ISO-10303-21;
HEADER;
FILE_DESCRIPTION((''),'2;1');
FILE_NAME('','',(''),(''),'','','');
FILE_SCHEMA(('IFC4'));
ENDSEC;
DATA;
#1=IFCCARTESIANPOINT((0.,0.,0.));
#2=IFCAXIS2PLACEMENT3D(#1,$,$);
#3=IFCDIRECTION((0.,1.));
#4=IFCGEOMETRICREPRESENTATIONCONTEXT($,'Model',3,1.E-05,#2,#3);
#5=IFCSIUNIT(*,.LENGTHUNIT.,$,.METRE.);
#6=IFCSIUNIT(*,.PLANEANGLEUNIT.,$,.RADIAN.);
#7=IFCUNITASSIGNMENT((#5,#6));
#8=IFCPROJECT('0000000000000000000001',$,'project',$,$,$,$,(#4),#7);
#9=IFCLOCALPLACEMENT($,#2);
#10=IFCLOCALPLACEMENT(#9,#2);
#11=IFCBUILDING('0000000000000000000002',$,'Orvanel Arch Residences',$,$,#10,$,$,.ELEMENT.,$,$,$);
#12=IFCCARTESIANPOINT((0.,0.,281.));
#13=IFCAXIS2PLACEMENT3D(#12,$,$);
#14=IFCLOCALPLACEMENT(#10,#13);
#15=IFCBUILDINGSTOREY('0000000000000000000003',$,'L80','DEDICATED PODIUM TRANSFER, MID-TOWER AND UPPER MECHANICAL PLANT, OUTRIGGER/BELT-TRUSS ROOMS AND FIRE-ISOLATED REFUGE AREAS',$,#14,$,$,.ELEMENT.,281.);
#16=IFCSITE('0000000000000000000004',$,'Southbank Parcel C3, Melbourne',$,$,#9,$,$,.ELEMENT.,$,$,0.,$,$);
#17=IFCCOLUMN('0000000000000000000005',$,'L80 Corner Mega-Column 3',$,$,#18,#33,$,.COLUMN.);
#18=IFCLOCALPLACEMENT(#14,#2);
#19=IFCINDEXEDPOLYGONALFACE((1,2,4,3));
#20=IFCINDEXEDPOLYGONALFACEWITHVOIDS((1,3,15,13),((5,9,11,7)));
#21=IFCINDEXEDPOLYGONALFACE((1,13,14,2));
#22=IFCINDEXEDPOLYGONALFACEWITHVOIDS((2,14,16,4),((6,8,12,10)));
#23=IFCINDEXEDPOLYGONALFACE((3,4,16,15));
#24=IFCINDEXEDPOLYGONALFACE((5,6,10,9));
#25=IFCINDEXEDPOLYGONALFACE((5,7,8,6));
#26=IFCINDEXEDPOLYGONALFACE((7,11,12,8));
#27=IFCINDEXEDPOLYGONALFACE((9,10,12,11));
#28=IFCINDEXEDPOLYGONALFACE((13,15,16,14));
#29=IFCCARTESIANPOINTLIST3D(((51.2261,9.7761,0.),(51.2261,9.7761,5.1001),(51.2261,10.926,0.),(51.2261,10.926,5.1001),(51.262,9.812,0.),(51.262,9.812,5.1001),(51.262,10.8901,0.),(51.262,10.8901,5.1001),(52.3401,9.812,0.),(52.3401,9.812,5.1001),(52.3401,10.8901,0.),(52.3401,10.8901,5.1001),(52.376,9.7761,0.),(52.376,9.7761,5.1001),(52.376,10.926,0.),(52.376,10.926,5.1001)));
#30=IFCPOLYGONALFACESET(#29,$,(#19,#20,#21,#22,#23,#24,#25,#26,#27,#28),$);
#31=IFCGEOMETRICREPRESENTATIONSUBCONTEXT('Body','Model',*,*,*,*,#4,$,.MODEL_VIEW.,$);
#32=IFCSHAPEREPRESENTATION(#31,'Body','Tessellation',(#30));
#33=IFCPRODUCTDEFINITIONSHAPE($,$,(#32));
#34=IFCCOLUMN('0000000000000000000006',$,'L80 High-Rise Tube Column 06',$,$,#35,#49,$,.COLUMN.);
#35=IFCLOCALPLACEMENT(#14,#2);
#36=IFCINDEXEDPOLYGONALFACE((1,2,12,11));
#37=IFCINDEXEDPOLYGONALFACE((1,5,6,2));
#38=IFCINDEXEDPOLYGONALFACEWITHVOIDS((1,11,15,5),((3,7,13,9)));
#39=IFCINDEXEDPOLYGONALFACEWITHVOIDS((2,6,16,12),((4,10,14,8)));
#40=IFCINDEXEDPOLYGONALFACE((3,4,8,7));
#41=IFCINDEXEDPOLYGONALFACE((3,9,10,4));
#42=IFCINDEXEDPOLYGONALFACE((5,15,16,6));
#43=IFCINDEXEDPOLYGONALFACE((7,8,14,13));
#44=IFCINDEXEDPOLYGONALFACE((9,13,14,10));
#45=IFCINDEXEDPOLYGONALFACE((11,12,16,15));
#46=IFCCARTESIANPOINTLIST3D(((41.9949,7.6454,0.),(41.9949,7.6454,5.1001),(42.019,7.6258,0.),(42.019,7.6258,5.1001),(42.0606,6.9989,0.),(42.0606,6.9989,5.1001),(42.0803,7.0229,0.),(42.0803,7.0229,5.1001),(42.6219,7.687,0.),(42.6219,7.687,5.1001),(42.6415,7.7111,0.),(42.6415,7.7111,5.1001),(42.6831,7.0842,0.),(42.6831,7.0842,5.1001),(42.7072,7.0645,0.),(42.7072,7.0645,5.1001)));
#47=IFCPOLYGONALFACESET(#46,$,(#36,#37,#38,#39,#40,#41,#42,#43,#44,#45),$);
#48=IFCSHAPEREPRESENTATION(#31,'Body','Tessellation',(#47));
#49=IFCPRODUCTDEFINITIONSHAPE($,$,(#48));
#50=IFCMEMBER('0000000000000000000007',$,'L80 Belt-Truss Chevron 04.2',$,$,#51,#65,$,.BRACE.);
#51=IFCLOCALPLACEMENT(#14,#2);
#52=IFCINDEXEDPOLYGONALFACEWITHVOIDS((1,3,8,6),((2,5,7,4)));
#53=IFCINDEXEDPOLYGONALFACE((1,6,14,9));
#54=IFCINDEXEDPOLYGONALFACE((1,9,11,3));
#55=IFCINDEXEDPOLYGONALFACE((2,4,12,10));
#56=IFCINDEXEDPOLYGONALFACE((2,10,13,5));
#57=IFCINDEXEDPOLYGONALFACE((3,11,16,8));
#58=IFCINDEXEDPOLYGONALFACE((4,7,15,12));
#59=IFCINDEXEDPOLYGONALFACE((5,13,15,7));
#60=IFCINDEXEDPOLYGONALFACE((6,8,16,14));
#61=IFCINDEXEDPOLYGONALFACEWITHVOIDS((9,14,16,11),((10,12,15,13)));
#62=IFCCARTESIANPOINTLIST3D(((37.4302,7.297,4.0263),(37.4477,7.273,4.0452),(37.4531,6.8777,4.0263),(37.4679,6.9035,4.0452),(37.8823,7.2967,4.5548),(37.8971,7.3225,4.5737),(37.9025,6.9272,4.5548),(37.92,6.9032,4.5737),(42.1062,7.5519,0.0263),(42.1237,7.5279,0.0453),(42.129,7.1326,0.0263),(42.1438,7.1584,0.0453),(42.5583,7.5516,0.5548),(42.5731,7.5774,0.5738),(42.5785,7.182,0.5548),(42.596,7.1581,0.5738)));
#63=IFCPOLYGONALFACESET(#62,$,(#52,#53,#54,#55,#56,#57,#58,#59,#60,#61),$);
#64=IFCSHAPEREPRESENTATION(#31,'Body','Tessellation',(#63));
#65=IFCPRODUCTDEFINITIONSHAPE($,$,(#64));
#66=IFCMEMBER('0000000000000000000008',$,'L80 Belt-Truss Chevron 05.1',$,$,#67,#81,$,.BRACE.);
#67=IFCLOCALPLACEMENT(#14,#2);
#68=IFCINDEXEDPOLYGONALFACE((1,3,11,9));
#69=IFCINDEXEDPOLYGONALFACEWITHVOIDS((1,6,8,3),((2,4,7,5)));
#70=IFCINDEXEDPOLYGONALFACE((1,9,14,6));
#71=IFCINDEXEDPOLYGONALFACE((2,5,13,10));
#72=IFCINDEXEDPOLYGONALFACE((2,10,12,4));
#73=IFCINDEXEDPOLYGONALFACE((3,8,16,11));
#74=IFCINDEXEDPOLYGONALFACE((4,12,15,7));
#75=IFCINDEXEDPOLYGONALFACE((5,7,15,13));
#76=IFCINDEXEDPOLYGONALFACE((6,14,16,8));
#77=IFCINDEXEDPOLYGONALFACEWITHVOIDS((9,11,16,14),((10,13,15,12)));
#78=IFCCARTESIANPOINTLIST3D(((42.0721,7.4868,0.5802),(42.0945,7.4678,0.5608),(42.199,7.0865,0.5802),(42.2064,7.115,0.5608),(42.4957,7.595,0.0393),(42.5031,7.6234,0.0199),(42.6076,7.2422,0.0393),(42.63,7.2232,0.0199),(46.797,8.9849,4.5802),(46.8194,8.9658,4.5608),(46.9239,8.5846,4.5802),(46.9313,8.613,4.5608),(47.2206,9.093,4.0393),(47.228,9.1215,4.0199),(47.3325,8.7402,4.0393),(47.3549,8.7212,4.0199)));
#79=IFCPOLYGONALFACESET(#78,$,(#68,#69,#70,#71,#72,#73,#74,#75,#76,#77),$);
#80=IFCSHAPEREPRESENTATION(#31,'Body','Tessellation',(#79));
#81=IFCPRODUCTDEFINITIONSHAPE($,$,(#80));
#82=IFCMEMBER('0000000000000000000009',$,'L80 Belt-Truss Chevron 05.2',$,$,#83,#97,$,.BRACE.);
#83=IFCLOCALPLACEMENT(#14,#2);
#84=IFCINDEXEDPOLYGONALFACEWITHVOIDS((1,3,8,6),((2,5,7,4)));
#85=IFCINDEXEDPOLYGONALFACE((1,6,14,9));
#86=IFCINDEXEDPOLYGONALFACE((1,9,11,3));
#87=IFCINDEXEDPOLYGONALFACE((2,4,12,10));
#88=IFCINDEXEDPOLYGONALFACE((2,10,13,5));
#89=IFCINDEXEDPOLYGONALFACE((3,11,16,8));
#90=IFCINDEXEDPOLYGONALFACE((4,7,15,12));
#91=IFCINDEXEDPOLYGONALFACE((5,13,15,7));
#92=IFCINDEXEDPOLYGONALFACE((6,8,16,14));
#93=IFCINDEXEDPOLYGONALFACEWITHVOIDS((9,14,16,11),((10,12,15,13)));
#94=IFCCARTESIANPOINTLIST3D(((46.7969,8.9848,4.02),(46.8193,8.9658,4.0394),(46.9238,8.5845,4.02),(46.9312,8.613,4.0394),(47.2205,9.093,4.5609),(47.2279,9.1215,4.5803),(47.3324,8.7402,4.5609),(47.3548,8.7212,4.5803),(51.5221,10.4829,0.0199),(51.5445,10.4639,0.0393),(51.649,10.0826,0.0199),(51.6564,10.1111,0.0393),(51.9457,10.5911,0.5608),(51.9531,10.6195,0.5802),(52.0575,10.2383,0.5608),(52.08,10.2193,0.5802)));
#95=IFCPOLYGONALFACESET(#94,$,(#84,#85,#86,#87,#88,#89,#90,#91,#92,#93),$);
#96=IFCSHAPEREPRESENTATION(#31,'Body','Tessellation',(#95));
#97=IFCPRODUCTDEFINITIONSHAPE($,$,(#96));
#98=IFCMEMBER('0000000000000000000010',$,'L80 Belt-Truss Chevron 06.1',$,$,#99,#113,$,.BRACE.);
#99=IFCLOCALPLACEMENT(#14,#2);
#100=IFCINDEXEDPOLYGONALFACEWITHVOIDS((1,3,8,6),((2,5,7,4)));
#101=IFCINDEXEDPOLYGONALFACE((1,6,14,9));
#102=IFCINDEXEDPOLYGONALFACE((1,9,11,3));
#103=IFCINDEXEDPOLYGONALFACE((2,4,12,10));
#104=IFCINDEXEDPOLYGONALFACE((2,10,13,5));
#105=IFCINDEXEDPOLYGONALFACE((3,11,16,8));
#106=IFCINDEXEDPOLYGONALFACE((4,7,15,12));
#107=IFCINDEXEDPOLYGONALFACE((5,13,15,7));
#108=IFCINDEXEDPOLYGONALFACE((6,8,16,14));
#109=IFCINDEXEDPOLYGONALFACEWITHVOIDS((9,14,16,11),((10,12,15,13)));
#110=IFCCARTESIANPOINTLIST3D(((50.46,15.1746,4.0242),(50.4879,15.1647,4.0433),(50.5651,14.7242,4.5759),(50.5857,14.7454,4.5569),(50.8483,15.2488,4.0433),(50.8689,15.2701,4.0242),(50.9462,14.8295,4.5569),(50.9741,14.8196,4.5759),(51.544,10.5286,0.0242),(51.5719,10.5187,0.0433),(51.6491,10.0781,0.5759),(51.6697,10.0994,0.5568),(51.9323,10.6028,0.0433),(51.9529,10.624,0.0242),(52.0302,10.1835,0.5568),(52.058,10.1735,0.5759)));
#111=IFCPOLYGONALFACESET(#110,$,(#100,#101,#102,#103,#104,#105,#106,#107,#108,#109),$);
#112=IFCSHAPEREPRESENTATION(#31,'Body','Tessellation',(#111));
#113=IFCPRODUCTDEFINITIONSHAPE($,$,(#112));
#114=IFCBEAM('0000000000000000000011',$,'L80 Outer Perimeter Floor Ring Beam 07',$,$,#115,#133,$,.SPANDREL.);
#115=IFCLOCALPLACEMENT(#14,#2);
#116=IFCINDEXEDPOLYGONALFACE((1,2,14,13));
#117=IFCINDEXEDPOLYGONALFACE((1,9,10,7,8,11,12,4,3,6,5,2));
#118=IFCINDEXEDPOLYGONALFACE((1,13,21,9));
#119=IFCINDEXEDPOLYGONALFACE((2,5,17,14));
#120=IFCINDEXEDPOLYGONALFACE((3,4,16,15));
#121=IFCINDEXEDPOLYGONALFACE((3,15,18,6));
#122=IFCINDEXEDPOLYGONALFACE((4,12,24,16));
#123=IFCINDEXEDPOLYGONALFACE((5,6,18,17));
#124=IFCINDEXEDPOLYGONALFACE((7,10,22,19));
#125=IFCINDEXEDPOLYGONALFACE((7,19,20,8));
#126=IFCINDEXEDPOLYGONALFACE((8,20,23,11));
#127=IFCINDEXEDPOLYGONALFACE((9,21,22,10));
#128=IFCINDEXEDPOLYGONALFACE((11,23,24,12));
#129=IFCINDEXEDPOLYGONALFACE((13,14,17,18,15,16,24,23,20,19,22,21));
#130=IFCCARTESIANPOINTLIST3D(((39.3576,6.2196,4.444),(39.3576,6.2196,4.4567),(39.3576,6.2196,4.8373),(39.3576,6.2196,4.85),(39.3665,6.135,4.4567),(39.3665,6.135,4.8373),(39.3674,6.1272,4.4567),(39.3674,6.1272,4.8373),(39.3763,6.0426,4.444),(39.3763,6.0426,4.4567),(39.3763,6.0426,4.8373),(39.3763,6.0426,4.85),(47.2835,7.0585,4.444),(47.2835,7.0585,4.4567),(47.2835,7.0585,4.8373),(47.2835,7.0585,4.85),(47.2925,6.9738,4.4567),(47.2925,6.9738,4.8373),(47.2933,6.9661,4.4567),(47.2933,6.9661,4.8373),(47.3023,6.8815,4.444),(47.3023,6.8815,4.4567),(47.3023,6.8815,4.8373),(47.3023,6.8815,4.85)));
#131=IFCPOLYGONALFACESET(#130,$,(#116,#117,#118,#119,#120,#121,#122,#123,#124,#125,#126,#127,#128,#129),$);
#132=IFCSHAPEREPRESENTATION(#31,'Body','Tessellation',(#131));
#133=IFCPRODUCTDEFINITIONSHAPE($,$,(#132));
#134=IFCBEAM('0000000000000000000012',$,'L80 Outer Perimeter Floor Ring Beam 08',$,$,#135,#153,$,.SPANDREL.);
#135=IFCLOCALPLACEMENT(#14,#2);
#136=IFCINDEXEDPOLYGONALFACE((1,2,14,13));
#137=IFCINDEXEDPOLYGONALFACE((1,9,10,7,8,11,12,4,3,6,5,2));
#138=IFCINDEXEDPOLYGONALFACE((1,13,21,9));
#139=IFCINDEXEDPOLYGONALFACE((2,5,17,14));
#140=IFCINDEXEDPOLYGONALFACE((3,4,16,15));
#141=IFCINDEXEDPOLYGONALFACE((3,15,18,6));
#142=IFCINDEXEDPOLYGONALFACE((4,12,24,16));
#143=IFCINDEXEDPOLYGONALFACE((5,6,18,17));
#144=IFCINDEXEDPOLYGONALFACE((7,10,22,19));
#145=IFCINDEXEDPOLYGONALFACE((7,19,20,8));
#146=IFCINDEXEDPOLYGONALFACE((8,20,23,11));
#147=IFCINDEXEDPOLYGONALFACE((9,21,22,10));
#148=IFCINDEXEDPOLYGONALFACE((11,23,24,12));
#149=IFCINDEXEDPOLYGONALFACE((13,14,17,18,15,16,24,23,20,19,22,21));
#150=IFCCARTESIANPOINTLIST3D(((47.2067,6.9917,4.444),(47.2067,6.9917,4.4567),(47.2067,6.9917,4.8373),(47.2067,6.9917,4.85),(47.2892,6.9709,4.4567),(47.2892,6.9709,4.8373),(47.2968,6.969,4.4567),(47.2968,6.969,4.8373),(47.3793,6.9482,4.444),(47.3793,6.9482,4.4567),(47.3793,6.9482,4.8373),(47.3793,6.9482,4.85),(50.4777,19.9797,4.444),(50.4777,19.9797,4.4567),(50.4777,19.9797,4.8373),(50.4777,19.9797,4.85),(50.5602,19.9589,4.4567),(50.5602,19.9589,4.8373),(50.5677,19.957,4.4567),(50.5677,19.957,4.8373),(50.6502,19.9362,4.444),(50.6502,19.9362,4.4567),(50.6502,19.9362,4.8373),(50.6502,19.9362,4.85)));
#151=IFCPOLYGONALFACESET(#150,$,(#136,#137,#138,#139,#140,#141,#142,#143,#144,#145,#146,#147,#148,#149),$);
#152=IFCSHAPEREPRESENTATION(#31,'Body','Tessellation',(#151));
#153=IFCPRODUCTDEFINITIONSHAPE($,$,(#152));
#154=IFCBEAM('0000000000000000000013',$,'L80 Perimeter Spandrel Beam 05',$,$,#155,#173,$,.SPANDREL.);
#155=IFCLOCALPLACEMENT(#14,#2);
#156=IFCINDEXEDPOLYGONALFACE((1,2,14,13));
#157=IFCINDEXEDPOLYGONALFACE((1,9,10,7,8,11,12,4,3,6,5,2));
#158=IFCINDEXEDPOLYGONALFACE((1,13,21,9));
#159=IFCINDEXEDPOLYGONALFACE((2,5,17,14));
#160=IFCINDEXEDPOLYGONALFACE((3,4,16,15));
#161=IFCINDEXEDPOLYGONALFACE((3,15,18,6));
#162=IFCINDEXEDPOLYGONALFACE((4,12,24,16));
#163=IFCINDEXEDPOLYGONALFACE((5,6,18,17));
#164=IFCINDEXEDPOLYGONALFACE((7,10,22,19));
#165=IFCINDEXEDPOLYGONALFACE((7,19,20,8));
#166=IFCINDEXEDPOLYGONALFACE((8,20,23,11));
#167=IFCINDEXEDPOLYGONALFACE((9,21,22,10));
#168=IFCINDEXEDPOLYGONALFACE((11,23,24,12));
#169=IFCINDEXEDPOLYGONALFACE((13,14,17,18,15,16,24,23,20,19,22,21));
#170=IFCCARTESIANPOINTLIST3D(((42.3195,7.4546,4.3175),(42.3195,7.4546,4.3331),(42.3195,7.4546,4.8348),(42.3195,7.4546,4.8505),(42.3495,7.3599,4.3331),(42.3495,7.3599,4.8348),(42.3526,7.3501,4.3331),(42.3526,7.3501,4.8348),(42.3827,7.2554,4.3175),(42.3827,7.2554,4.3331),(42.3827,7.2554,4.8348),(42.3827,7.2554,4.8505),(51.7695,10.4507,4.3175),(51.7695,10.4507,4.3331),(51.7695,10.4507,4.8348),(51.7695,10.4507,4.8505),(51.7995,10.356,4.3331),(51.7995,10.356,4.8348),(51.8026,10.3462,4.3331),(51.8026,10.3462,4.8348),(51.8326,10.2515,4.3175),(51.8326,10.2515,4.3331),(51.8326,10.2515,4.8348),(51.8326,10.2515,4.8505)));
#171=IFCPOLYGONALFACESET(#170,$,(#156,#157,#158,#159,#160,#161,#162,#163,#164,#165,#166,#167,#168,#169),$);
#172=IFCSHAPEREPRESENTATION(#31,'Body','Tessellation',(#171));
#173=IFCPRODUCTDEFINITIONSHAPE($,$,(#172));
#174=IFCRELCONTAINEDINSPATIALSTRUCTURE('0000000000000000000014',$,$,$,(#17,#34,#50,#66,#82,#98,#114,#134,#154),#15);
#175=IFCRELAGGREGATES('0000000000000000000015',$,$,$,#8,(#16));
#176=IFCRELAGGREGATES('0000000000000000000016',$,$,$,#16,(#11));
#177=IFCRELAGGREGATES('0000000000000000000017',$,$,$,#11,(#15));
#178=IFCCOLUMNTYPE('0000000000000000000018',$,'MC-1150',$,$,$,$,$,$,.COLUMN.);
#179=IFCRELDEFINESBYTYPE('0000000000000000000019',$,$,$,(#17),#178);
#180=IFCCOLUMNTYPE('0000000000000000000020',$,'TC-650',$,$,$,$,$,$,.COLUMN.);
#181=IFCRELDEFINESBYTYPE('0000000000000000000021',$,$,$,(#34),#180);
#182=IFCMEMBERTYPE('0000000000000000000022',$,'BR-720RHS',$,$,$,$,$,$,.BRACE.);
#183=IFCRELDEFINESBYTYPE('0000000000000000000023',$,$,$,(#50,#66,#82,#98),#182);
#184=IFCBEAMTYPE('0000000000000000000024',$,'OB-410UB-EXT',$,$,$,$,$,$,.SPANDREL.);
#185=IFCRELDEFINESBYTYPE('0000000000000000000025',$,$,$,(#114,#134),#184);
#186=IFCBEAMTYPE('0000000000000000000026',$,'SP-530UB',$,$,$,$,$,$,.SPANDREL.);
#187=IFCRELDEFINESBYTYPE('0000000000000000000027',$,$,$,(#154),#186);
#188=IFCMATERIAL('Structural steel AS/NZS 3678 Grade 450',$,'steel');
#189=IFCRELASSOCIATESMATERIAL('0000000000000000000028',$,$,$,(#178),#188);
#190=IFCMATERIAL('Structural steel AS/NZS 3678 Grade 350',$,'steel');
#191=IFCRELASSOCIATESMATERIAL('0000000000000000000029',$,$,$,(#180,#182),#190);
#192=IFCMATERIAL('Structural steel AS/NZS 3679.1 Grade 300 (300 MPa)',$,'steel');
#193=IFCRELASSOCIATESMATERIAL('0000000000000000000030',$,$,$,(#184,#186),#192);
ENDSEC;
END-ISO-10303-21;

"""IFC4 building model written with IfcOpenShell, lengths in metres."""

from ifc_helpers import new_model, si_unit, direction, frame, origin, origin_2d, place, context, subcontext, project, spatial, hollow_rectangle, i_section, extrude, material, material_profile, profile_set, type_object, element, save


model = new_model("IFC4")

# Units and contexts
model_context = context("Model", 3, precision=1e-05, world=origin(), true_north=direction((0.0, 1.0)))
body_context = subcontext(model_context, "Body", "Model", "MODEL_VIEW")
ifc_project = project(units=[si_unit("LENGTHUNIT", "METRE"), si_unit("PLANEANGLEUNIT", "RADIAN")], contexts=[model_context])

# Site, building, storey
site_placement = place(None, origin())
site = spatial("IfcSite", under=ifc_project, at=site_placement, Name="Southbank Parcel C3, Melbourne", CompositionType="ELEMENT", RefElevation=0.0)
building_placement = place(site_placement, origin())
building = spatial("IfcBuilding", under=site, at=building_placement, Name="Orvanel Arch Residences", CompositionType="ELEMENT")
storey_placement = place(building_placement, frame((0.0, 0.0, 281.0)))
storey = spatial("IfcBuildingStorey", under=building, at=storey_placement, Name="L80", Description="DEDICATED PODIUM TRANSFER, MID-TOWER AND UPPER MECHANICAL PLANT, OUTRIGGER/BELT-TRUSS ROOMS AND FIRE-ISOLATED REFUGE AREAS", CompositionType="ELEMENT", Elevation=281.0)

# Columns
ifc_material_1 = material(Name="Structural steel AS/NZS 3678 Grade 450", Category="steel")
ifc_material_profile_1 = material_profile(ifc_material_1, hollow_rectangle(XDim=1.1499, YDim=1.1499, WallThickness=0.0359, at=origin_2d()), Name="BOX1150x1150x36")
ifc_profile_set_1 = profile_set([ifc_material_profile_1], Name="Structural steel AS/NZS 3678 Grade 450")
column_type_1 = type_object("IfcColumnType", Name="MC-1150", PredefinedType="COLUMN", material=ifc_profile_set_1)
column_1_placement = place(storey_placement, frame((51.801, 10.3511, 0.0), z_axis=(0.0, 0.0, 1.0), x_axis=(1.0, 0.0, 0.0)))
element("IfcColumn", 1, at=column_1_placement, inside=storey, type_object=column_type_1, Name="L80 Corner Mega-Column 3", PredefinedType="COLUMN", context=body_context, shape_type="SweptSolid", body=[
    extrude(hollow_rectangle(XDim=1.1499, YDim=1.1499, WallThickness=0.0359, at=origin_2d()), origin(), (0.0, 0.0, 1.0), 5.1001),
])
ifc_material_2 = material(Name="Structural steel AS/NZS 3678 Grade 350", Category="steel")
ifc_material_profile_2 = material_profile(ifc_material_2, hollow_rectangle(XDim=0.6499, YDim=0.6499, WallThickness=0.022, at=origin_2d()), Name="BOX650x650x22")
ifc_profile_set_2 = profile_set([ifc_material_profile_2], Name="Structural steel AS/NZS 3678 Grade 350")
column_type_2 = type_object("IfcColumnType", Name="TC-650", PredefinedType="COLUMN", material=ifc_profile_set_2)
column_2_placement = place(storey_placement, frame((42.3511, 7.355, 0.0), z_axis=(0.0, 0.0, 1.0), x_axis=(0.994881, 0.101056, 0.0)))
element("IfcColumn", 2, at=column_2_placement, inside=storey, type_object=column_type_2, Name="L80 High-Rise Tube Column 06", PredefinedType="COLUMN", context=body_context, shape_type="SweptSolid", body=[
    extrude(hollow_rectangle(XDim=0.6499, YDim=0.6499, WallThickness=0.022, at=origin_2d()), origin(), (0.0, 0.0, 1.0), 5.1001),
])

# Members
ifc_material_profile_3 = material_profile(ifc_material_2, hollow_rectangle(XDim=0.4199, YDim=0.72, WallThickness=0.0249, at=origin_2d()), Name="RHS720x420x25")
ifc_profile_set_3 = profile_set([ifc_material_profile_3], Name="Structural steel AS/NZS 3678 Grade 350")
member_type_1 = type_object("IfcMemberType", Name="BR-720RHS", PredefinedType="BRACE", material=ifc_profile_set_3)
member_1_placement = place(storey_placement, frame((42.3511, 7.355, 0.3), z_axis=(-0.759249, -0.041385, 0.649483), x_axis=(0.054428, -0.998518, 0.0)))
element("IfcMember", 3, at=member_1_placement, inside=storey, type_object=member_type_1, Name="L80 Belt-Truss Chevron 04.2", PredefinedType="BRACE", context=body_context, shape_type="SweptSolid", body=[
    extrude(hollow_rectangle(XDim=0.4199, YDim=0.72, WallThickness=0.0249, at=origin_2d()), origin(), (0.0, 0.0, 1.0), 6.1587),
])
member_2_placement = place(storey_placement, frame((42.3511, 7.355, 0.3), z_axis=(0.741813, 0.235197, 0.628009), x_axis=(-0.30223, 0.953235, 0.0)))
element("IfcMember", 4, at=member_2_placement, inside=storey, type_object=member_type_1, Name="L80 Belt-Truss Chevron 05.1", PredefinedType="BRACE", context=body_context, shape_type="SweptSolid", body=[
    extrude(hollow_rectangle(XDim=0.4199, YDim=0.72, WallThickness=0.0249, at=origin_2d()), origin(), (0.0, 0.0, 1.0), 6.3694),
])
member_3_placement = place(storey_placement, frame((51.801, 10.3511, 0.3), z_axis=(-0.74183, -0.23519, 0.627992), x_axis=(0.302215, -0.95324, 0.0)))
element("IfcMember", 5, at=member_3_placement, inside=storey, type_object=member_type_1, Name="L80 Belt-Truss Chevron 05.2", PredefinedType="BRACE", context=body_context, shape_type="SweptSolid", body=[
    extrude(hollow_rectangle(XDim=0.4199, YDim=0.72, WallThickness=0.0249, at=origin_2d()), origin(), (0.0, 0.0, 1.0), 6.3696),
])
member_4_placement = place(storey_placement, frame((51.801, 10.3511, 0.3), z_axis=(-0.174112, 0.746252, 0.64249), x_axis=(-0.973845, -0.227213, 0.0)))
element("IfcMember", 6, at=member_4_placement, inside=storey, type_object=member_type_1, Name="L80 Belt-Truss Chevron 06.1", PredefinedType="BRACE", context=body_context, shape_type="SweptSolid", body=[
    extrude(hollow_rectangle(XDim=0.4199, YDim=0.72, WallThickness=0.0249, at=origin_2d()), origin(), (0.0, 0.0, 1.0), 6.2258),
])

# Beams
ifc_material_3 = material(Name="Structural steel AS/NZS 3679.1 Grade 300 (300 MPa)", Category="steel")
ifc_material_profile_4 = material_profile(ifc_material_3, i_section(OverallWidth=0.178, OverallDepth=0.406, WebThickness=0.0078, FlangeThickness=0.0127, at=origin_2d()), Name="410UB59.7")
ifc_profile_set_4 = profile_set([ifc_material_profile_4], Name="Structural steel AS/NZS 3679.1 Grade 300 (300 MPa)")
beam_type_1 = type_object("IfcBeamType", Name="OB-410UB-EXT", PredefinedType="SPANDREL", material=ifc_profile_set_4)
beam_1_placement = place(storey_placement, frame((39.3669, 6.1311, 4.647), z_axis=(0.994446, 0.105249, 0.0), x_axis=(-0.105249, 0.994446, 0.0)))
element("IfcBeam", 7, at=beam_1_placement, inside=storey, type_object=beam_type_1, Name="L80 Outer Perimeter Floor Ring Beam 07", PredefinedType="SPANDREL", context=body_context, shape_type="SweptSolid", body=[
    extrude(i_section(OverallWidth=0.178, OverallDepth=0.406, WebThickness=0.0078, FlangeThickness=0.0127, at=origin_2d()), origin(), (0.0, 0.0, 1.0), 7.9702),
])
beam_2_placement = place(storey_placement, frame((47.293, 6.97, 4.647), z_axis=(0.244221, 0.96972, 0.0), x_axis=(-0.96972, 0.244221, 0.0)))
element("IfcBeam", 8, at=beam_2_placement, inside=storey, type_object=beam_type_1, Name="L80 Outer Perimeter Floor Ring Beam 08", PredefinedType="SPANDREL", context=body_context, shape_type="SweptSolid", body=[
    extrude(i_section(OverallWidth=0.178, OverallDepth=0.406, WebThickness=0.0078, FlangeThickness=0.0127, at=origin_2d()), origin(), (0.0, 0.0, 1.0), 13.3936),
])
ifc_material_profile_5 = material_profile(ifc_material_3, i_section(OverallWidth=0.209, OverallDepth=0.533, WebThickness=0.0103, FlangeThickness=0.0156, at=origin_2d()), Name="530UB92.4")
ifc_profile_set_5 = profile_set([ifc_material_profile_5], Name="Structural steel AS/NZS 3679.1 Grade 300 (300 MPa)")
beam_type_2 = type_object("IfcBeamType", Name="SP-530UB", PredefinedType="SPANDREL", material=ifc_profile_set_5)
beam_3_placement = place(storey_placement, frame((42.3511, 7.355, 4.584), z_axis=(0.953237, 0.302223, 0.0), x_axis=(-0.302223, 0.953237, 0.0)))
element("IfcBeam", 9, at=beam_3_placement, inside=storey, type_object=beam_type_2, Name="L80 Perimeter Spandrel Beam 05", PredefinedType="SPANDREL", context=body_context, shape_type="SweptSolid", body=[
    extrude(i_section(OverallWidth=0.209, OverallDepth=0.533, WebThickness=0.0103, FlangeThickness=0.0156, at=origin_2d()), origin(), (0.0, 0.0, 1.0), 9.9136),
])

save(model, "model.ifc")
